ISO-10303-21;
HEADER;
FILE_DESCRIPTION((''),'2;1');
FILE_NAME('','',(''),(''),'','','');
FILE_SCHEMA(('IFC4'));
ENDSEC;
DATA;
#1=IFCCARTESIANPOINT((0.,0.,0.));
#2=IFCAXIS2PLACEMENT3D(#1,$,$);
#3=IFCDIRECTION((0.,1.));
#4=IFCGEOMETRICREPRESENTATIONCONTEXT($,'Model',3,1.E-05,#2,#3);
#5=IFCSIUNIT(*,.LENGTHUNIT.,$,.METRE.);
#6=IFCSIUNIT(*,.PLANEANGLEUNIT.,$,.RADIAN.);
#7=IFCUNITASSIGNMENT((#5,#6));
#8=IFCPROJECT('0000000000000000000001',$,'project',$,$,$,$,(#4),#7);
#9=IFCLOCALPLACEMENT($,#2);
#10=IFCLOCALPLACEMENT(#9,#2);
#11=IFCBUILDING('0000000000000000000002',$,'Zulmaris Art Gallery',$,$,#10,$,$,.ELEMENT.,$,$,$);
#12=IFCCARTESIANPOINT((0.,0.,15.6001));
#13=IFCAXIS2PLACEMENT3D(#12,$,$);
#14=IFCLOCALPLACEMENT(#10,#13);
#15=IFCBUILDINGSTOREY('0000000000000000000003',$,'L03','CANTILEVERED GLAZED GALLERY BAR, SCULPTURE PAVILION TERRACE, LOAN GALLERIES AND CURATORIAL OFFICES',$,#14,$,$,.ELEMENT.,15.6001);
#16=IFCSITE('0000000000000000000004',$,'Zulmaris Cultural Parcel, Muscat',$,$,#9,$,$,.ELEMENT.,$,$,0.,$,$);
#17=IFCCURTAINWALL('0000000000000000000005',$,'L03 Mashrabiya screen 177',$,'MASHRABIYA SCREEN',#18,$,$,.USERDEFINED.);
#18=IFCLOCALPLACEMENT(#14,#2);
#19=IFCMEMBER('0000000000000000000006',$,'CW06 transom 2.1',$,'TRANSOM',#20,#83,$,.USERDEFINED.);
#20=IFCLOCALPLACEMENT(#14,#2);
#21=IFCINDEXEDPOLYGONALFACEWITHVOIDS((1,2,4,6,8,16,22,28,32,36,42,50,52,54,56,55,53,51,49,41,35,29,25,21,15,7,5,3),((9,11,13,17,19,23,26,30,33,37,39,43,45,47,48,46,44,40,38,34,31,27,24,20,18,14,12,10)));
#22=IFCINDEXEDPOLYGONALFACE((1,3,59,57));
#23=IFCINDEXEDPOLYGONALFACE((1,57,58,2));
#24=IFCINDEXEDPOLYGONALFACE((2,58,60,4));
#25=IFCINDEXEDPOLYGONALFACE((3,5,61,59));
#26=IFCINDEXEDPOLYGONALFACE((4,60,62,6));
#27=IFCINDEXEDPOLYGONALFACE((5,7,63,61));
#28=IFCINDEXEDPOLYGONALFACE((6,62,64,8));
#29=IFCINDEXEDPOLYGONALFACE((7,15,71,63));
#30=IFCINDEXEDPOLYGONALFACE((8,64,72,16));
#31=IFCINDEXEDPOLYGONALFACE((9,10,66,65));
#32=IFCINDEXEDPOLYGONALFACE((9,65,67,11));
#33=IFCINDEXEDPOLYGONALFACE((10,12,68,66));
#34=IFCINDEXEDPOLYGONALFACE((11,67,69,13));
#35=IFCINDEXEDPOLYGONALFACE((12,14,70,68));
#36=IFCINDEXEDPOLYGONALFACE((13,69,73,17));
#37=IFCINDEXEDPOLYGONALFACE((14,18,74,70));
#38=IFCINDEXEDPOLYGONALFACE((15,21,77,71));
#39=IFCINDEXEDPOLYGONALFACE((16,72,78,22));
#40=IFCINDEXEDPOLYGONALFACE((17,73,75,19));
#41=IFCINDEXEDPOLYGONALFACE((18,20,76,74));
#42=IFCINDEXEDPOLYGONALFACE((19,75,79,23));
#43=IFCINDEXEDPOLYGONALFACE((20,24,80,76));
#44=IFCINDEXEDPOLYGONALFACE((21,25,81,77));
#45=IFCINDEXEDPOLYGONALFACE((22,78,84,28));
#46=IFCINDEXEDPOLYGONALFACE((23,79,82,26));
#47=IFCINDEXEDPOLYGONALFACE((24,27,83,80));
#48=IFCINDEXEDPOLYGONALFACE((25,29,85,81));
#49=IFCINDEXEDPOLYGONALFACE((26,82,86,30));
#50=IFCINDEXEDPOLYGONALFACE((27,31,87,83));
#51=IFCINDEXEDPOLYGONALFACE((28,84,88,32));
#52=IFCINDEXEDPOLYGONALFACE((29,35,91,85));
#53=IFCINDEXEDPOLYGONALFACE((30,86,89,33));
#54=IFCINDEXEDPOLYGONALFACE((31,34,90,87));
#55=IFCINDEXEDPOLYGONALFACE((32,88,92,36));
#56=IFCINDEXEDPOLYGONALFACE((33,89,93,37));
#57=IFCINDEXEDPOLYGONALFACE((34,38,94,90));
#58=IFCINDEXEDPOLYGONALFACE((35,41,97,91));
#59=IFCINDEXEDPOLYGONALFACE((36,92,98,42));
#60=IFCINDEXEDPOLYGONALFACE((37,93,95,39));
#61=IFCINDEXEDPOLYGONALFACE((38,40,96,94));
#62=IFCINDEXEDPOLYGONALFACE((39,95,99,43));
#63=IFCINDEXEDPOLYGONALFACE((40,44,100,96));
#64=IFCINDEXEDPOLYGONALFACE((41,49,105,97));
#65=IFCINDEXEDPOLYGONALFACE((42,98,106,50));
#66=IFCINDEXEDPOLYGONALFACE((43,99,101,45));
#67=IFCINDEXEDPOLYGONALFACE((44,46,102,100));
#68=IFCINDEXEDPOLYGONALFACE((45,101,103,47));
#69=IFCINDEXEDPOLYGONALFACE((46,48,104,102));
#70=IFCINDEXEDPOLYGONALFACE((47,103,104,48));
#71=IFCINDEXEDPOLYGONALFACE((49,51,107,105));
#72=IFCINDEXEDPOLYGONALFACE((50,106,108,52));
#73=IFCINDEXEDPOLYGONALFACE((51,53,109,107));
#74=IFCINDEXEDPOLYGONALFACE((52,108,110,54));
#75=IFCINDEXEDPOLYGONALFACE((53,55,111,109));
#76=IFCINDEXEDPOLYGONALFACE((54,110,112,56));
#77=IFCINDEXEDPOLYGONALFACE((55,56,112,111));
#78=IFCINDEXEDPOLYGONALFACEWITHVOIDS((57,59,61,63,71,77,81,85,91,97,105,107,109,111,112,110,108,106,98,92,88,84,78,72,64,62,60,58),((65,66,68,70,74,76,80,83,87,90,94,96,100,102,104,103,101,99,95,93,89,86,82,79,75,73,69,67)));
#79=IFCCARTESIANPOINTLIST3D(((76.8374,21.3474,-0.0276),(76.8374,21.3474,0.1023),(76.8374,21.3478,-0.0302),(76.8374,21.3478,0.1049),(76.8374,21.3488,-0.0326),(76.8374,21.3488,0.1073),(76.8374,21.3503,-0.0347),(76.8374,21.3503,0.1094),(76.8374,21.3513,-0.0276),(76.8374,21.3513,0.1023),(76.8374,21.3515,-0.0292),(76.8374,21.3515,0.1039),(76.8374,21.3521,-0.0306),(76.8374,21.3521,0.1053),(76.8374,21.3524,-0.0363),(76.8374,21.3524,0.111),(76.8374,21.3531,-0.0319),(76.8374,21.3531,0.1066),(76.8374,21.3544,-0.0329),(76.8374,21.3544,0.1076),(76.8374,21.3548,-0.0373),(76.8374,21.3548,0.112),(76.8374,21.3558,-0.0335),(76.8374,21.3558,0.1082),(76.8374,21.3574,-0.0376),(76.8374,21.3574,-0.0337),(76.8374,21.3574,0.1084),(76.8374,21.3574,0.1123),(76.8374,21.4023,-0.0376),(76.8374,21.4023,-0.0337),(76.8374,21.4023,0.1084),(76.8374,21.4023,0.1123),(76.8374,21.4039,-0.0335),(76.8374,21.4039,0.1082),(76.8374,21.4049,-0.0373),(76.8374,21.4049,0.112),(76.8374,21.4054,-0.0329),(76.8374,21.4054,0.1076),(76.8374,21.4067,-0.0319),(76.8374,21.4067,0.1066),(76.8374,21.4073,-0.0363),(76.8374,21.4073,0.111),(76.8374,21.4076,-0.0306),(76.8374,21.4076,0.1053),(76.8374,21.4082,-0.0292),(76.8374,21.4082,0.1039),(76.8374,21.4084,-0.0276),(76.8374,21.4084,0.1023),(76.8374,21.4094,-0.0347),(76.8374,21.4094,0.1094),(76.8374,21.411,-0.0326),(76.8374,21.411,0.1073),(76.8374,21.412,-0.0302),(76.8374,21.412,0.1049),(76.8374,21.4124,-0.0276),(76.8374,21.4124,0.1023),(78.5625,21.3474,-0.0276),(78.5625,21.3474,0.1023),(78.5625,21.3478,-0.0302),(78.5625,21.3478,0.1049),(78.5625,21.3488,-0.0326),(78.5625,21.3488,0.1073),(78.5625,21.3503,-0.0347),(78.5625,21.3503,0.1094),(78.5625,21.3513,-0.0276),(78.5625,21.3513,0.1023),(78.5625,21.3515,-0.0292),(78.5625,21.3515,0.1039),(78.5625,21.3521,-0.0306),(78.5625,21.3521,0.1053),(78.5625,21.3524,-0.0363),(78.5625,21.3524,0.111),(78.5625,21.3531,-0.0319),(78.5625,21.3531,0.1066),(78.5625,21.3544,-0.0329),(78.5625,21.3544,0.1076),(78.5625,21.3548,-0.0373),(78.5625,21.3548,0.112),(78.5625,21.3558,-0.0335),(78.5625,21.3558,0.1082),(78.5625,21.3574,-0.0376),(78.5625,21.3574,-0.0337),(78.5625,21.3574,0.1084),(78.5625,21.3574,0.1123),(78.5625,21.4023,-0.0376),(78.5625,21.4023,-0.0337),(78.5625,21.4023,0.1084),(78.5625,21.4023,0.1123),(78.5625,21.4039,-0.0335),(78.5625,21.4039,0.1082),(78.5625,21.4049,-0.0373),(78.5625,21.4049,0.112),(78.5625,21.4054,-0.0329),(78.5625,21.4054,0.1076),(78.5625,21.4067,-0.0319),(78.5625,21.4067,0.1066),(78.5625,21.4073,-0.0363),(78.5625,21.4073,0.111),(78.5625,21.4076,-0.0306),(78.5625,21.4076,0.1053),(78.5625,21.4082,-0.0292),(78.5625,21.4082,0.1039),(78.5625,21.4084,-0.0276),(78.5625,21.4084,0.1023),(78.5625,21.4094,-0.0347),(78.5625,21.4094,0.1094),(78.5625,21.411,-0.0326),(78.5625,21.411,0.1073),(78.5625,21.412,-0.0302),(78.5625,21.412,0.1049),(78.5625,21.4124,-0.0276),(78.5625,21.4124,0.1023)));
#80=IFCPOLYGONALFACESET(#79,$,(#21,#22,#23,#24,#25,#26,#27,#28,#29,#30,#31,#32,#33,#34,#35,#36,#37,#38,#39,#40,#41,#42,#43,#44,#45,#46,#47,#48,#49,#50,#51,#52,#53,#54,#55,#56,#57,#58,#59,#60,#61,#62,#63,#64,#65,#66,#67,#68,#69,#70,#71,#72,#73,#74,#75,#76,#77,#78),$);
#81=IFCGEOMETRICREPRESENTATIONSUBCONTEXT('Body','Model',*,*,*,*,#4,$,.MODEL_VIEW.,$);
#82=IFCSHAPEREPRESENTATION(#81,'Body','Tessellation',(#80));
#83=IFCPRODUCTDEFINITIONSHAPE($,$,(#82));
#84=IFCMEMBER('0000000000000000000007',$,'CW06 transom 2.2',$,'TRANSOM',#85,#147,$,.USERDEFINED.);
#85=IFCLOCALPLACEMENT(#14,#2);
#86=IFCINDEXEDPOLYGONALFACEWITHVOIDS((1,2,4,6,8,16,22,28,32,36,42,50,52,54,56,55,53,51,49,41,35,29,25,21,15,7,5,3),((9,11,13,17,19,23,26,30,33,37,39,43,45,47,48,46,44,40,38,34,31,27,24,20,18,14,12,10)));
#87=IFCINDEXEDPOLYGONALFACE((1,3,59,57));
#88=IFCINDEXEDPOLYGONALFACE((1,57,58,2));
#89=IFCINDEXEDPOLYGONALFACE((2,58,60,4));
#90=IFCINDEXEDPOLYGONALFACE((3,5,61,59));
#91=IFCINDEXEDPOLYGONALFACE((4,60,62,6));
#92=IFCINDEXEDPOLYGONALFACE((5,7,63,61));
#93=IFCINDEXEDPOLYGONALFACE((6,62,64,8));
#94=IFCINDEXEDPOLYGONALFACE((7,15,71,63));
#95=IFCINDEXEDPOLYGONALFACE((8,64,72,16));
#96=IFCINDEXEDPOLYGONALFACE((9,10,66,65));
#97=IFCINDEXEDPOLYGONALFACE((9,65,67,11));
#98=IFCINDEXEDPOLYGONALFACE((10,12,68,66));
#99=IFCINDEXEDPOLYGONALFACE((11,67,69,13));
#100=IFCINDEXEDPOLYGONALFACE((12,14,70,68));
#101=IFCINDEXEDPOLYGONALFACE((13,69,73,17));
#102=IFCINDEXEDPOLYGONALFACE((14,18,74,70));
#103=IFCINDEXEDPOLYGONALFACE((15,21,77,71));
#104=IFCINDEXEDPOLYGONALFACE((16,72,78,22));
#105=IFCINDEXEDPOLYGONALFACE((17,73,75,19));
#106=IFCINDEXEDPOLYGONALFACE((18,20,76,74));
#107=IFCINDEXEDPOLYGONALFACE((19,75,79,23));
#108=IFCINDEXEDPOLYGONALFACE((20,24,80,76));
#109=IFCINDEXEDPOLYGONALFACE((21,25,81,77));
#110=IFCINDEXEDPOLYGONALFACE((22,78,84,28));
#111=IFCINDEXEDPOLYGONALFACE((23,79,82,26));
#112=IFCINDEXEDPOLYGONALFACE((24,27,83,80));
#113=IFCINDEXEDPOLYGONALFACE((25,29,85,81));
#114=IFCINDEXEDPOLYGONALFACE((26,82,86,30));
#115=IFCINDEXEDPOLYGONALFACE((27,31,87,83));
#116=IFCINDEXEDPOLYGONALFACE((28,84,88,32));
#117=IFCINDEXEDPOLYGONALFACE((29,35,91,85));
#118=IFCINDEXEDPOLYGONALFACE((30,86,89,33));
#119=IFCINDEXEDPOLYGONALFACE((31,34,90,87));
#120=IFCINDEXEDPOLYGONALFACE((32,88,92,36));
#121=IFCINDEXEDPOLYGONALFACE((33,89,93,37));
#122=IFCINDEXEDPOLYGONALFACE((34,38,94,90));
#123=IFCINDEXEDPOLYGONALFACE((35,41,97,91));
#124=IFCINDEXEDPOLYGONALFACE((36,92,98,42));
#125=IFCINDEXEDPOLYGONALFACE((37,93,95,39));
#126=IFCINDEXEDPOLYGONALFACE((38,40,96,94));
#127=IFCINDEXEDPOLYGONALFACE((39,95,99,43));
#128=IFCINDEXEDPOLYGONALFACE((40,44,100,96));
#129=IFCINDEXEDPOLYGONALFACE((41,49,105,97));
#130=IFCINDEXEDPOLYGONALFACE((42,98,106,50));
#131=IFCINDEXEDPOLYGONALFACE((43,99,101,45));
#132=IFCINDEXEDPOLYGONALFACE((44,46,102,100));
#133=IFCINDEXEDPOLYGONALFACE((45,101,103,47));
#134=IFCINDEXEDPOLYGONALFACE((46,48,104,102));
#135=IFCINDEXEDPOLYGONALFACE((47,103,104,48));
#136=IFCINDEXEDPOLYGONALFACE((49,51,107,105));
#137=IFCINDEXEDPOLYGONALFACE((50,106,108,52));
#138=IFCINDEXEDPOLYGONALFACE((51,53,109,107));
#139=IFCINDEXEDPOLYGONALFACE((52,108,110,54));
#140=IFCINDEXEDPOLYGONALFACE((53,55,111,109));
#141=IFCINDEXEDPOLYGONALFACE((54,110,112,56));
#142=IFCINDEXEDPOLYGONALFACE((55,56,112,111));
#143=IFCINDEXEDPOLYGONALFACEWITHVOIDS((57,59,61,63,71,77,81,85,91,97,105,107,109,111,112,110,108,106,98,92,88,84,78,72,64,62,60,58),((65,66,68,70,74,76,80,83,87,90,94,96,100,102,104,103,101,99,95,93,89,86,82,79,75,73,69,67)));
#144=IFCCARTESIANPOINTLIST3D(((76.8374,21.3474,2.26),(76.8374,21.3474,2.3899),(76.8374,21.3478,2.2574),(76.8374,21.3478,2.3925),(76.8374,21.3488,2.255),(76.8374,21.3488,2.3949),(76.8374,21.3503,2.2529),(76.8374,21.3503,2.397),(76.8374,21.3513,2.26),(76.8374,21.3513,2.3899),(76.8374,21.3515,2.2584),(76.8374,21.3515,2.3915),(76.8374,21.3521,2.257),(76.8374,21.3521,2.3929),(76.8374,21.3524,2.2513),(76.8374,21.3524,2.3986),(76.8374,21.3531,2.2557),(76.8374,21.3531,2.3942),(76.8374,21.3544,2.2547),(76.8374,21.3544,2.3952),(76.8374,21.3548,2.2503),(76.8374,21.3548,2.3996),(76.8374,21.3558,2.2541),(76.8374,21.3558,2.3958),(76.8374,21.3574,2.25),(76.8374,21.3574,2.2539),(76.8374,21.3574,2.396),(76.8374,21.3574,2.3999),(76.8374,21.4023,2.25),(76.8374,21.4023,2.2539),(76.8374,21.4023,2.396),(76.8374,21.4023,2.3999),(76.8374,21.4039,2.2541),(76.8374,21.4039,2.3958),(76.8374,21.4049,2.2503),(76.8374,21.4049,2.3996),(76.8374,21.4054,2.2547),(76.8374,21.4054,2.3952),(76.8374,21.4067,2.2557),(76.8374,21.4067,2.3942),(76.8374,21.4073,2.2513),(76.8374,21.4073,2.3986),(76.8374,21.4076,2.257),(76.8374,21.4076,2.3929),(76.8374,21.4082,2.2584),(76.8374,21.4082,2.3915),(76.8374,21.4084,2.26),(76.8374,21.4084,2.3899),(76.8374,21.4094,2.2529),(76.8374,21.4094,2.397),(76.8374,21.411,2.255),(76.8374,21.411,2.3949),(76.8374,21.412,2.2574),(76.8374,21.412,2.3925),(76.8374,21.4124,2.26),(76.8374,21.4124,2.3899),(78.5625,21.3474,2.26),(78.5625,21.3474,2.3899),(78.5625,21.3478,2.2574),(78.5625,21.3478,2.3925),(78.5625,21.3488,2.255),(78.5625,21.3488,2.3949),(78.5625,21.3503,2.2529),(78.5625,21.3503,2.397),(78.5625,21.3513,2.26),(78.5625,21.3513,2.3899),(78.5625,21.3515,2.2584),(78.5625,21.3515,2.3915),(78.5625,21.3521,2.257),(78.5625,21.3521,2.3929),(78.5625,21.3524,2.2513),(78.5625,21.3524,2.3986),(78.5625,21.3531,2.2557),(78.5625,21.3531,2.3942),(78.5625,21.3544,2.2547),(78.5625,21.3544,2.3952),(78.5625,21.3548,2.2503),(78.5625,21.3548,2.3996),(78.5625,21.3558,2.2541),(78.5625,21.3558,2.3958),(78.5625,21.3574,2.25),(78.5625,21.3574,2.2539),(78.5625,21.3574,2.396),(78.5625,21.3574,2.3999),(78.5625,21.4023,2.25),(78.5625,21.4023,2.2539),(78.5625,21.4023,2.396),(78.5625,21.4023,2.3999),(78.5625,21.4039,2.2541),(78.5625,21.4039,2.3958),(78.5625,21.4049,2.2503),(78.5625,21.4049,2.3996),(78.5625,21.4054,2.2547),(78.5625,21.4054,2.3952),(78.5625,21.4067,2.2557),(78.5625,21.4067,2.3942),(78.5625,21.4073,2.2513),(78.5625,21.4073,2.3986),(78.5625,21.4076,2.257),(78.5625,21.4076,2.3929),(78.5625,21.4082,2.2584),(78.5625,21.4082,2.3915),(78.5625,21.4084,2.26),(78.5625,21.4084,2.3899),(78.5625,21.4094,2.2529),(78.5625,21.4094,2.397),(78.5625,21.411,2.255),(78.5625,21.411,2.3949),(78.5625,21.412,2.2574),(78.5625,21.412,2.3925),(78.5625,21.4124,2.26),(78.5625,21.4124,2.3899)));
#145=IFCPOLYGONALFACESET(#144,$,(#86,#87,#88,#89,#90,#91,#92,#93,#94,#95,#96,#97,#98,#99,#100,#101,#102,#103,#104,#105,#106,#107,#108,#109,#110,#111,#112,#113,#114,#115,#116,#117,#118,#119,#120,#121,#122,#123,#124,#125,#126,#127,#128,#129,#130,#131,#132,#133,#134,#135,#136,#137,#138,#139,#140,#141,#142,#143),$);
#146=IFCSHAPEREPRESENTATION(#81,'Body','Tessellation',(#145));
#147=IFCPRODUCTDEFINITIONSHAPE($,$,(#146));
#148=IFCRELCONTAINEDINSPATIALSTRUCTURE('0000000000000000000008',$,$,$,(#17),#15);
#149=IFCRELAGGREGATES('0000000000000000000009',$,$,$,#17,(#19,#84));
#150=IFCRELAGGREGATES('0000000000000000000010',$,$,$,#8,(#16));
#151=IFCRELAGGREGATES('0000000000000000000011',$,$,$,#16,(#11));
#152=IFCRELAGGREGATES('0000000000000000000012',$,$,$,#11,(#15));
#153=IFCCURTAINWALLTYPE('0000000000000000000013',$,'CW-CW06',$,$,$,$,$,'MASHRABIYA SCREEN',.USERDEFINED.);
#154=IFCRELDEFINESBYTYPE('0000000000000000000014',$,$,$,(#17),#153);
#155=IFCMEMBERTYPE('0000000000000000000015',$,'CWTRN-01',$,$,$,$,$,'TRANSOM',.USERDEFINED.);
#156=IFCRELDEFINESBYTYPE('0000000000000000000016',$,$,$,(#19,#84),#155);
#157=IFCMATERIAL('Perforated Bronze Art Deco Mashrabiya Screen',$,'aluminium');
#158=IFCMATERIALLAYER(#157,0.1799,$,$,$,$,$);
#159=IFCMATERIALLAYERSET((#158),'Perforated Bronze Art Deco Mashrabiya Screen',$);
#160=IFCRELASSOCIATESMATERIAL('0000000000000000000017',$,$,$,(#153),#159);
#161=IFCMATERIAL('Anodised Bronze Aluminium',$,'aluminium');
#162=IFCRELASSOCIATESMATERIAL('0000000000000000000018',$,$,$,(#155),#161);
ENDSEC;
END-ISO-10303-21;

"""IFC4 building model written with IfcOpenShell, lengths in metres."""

from ifc_helpers import new_model, si_unit, direction, frame, origin, origin_2d, place, context, subcontext, project, spatial, hollow_rectangle, extrude, material, layer, layer_set, material_profile, profile_set, type_object, element, aggregate, save


model = new_model("IFC4")

# Units and contexts
model_context = context("Model", 3, precision=1e-05, world=origin(), true_north=direction((0.0, 1.0)))
body_context = subcontext(model_context, "Body", "Model", "MODEL_VIEW")
ifc_project = project(units=[si_unit("LENGTHUNIT", "METRE"), si_unit("PLANEANGLEUNIT", "RADIAN")], contexts=[model_context])

# Site, building, storey
site_placement = place(None, origin())
site = spatial("IfcSite", under=ifc_project, at=site_placement, Name="Zulmaris Cultural Parcel, Muscat", CompositionType="ELEMENT", RefElevation=0.0)
building_placement = place(site_placement, origin())
building = spatial("IfcBuilding", under=site, at=building_placement, Name="Zulmaris Art Gallery", CompositionType="ELEMENT")
storey_placement = place(building_placement, frame((0.0, 0.0, 15.6001)))
storey = spatial("IfcBuildingStorey", under=building, at=storey_placement, Name="L03", Description="CANTILEVERED GLAZED GALLERY BAR, SCULPTURE PAVILION TERRACE, LOAN GALLERIES AND CURATORIAL OFFICES", CompositionType="ELEMENT", Elevation=15.6001)

# Shared definitions
ifc_material_1 = material(Name="Anodised Bronze Aluminium", Category="aluminium")

# Shared definitions
ifc_material_2 = material(Name="Perforated Bronze Art Deco Mashrabiya Screen", Category="aluminium")
ifc_layer_1 = layer(ifc_material_2, 0.1799)
ifc_layer_set_1 = layer_set([ifc_layer_1], Name="Perforated Bronze Art Deco Mashrabiya Screen")
curtain_wall_type_1 = type_object("IfcCurtainWallType", Name="CW-CW06", ElementType="MASHRABIYA SCREEN", PredefinedType="USERDEFINED", material=ifc_layer_set_1)

# Curtain wall
curtain_wall_1_placement = place(storey_placement, origin())
curtain_wall_1 = element("IfcCurtainWall", 1, at=curtain_wall_1_placement, inside=storey, type_object=curtain_wall_type_1, Name="L03 Mashrabiya screen 177", ObjectType="MASHRABIYA SCREEN", PredefinedType="USERDEFINED")

# Members
ifc_material_profile_1 = material_profile(ifc_material_1, hollow_rectangle(XDim=0.0649, YDim=0.1499, WallThickness=0.0039, InnerFilletRadius=0.0061, OuterFilletRadius=0.01, at=origin_2d()), Name="ALU 65x150x4")
ifc_profile_set_1 = profile_set([ifc_material_profile_1], Name="Anodised Bronze Aluminium")
member_type_1 = type_object("IfcMemberType", Name="CWTRN-01", ElementType="TRANSOM", PredefinedType="USERDEFINED", material=ifc_profile_set_1)
member_1_placement = place(storey_placement, frame((76.8374, 21.3799, 0.0374), z_axis=(1.0, 0.0, 0.0), x_axis=(0.0, 1.0, 0.0)))
member_1 = element("IfcMember", 2, at=member_1_placement, type_object=member_type_1, Name="CW06 transom 2.1", ObjectType="TRANSOM", PredefinedType="USERDEFINED", context=body_context, shape_type="SweptSolid", body=[
    extrude(hollow_rectangle(XDim=0.0649, YDim=0.1499, WallThickness=0.0039, InnerFilletRadius=0.0061, OuterFilletRadius=0.01, at=origin_2d()), origin(), (0.0, 0.0, 1.0), 1.7251),
])
member_2_placement = place(storey_placement, frame((76.8374, 21.3799, 2.325), z_axis=(1.0, 0.0, 0.0), x_axis=(0.0, 1.0, 0.0)))
member_2 = element("IfcMember", 3, at=member_2_placement, type_object=member_type_1, Name="CW06 transom 2.2", ObjectType="TRANSOM", PredefinedType="USERDEFINED", context=body_context, shape_type="SweptSolid", body=[
    extrude(hollow_rectangle(XDim=0.0649, YDim=0.1499, WallThickness=0.0039, InnerFilletRadius=0.0061, OuterFilletRadius=0.01, at=origin_2d()), origin(), (0.0, 0.0, 1.0), 1.7251),
])

aggregate(curtain_wall_1, [member_1, member_2])

save(model, "model.ifc")
